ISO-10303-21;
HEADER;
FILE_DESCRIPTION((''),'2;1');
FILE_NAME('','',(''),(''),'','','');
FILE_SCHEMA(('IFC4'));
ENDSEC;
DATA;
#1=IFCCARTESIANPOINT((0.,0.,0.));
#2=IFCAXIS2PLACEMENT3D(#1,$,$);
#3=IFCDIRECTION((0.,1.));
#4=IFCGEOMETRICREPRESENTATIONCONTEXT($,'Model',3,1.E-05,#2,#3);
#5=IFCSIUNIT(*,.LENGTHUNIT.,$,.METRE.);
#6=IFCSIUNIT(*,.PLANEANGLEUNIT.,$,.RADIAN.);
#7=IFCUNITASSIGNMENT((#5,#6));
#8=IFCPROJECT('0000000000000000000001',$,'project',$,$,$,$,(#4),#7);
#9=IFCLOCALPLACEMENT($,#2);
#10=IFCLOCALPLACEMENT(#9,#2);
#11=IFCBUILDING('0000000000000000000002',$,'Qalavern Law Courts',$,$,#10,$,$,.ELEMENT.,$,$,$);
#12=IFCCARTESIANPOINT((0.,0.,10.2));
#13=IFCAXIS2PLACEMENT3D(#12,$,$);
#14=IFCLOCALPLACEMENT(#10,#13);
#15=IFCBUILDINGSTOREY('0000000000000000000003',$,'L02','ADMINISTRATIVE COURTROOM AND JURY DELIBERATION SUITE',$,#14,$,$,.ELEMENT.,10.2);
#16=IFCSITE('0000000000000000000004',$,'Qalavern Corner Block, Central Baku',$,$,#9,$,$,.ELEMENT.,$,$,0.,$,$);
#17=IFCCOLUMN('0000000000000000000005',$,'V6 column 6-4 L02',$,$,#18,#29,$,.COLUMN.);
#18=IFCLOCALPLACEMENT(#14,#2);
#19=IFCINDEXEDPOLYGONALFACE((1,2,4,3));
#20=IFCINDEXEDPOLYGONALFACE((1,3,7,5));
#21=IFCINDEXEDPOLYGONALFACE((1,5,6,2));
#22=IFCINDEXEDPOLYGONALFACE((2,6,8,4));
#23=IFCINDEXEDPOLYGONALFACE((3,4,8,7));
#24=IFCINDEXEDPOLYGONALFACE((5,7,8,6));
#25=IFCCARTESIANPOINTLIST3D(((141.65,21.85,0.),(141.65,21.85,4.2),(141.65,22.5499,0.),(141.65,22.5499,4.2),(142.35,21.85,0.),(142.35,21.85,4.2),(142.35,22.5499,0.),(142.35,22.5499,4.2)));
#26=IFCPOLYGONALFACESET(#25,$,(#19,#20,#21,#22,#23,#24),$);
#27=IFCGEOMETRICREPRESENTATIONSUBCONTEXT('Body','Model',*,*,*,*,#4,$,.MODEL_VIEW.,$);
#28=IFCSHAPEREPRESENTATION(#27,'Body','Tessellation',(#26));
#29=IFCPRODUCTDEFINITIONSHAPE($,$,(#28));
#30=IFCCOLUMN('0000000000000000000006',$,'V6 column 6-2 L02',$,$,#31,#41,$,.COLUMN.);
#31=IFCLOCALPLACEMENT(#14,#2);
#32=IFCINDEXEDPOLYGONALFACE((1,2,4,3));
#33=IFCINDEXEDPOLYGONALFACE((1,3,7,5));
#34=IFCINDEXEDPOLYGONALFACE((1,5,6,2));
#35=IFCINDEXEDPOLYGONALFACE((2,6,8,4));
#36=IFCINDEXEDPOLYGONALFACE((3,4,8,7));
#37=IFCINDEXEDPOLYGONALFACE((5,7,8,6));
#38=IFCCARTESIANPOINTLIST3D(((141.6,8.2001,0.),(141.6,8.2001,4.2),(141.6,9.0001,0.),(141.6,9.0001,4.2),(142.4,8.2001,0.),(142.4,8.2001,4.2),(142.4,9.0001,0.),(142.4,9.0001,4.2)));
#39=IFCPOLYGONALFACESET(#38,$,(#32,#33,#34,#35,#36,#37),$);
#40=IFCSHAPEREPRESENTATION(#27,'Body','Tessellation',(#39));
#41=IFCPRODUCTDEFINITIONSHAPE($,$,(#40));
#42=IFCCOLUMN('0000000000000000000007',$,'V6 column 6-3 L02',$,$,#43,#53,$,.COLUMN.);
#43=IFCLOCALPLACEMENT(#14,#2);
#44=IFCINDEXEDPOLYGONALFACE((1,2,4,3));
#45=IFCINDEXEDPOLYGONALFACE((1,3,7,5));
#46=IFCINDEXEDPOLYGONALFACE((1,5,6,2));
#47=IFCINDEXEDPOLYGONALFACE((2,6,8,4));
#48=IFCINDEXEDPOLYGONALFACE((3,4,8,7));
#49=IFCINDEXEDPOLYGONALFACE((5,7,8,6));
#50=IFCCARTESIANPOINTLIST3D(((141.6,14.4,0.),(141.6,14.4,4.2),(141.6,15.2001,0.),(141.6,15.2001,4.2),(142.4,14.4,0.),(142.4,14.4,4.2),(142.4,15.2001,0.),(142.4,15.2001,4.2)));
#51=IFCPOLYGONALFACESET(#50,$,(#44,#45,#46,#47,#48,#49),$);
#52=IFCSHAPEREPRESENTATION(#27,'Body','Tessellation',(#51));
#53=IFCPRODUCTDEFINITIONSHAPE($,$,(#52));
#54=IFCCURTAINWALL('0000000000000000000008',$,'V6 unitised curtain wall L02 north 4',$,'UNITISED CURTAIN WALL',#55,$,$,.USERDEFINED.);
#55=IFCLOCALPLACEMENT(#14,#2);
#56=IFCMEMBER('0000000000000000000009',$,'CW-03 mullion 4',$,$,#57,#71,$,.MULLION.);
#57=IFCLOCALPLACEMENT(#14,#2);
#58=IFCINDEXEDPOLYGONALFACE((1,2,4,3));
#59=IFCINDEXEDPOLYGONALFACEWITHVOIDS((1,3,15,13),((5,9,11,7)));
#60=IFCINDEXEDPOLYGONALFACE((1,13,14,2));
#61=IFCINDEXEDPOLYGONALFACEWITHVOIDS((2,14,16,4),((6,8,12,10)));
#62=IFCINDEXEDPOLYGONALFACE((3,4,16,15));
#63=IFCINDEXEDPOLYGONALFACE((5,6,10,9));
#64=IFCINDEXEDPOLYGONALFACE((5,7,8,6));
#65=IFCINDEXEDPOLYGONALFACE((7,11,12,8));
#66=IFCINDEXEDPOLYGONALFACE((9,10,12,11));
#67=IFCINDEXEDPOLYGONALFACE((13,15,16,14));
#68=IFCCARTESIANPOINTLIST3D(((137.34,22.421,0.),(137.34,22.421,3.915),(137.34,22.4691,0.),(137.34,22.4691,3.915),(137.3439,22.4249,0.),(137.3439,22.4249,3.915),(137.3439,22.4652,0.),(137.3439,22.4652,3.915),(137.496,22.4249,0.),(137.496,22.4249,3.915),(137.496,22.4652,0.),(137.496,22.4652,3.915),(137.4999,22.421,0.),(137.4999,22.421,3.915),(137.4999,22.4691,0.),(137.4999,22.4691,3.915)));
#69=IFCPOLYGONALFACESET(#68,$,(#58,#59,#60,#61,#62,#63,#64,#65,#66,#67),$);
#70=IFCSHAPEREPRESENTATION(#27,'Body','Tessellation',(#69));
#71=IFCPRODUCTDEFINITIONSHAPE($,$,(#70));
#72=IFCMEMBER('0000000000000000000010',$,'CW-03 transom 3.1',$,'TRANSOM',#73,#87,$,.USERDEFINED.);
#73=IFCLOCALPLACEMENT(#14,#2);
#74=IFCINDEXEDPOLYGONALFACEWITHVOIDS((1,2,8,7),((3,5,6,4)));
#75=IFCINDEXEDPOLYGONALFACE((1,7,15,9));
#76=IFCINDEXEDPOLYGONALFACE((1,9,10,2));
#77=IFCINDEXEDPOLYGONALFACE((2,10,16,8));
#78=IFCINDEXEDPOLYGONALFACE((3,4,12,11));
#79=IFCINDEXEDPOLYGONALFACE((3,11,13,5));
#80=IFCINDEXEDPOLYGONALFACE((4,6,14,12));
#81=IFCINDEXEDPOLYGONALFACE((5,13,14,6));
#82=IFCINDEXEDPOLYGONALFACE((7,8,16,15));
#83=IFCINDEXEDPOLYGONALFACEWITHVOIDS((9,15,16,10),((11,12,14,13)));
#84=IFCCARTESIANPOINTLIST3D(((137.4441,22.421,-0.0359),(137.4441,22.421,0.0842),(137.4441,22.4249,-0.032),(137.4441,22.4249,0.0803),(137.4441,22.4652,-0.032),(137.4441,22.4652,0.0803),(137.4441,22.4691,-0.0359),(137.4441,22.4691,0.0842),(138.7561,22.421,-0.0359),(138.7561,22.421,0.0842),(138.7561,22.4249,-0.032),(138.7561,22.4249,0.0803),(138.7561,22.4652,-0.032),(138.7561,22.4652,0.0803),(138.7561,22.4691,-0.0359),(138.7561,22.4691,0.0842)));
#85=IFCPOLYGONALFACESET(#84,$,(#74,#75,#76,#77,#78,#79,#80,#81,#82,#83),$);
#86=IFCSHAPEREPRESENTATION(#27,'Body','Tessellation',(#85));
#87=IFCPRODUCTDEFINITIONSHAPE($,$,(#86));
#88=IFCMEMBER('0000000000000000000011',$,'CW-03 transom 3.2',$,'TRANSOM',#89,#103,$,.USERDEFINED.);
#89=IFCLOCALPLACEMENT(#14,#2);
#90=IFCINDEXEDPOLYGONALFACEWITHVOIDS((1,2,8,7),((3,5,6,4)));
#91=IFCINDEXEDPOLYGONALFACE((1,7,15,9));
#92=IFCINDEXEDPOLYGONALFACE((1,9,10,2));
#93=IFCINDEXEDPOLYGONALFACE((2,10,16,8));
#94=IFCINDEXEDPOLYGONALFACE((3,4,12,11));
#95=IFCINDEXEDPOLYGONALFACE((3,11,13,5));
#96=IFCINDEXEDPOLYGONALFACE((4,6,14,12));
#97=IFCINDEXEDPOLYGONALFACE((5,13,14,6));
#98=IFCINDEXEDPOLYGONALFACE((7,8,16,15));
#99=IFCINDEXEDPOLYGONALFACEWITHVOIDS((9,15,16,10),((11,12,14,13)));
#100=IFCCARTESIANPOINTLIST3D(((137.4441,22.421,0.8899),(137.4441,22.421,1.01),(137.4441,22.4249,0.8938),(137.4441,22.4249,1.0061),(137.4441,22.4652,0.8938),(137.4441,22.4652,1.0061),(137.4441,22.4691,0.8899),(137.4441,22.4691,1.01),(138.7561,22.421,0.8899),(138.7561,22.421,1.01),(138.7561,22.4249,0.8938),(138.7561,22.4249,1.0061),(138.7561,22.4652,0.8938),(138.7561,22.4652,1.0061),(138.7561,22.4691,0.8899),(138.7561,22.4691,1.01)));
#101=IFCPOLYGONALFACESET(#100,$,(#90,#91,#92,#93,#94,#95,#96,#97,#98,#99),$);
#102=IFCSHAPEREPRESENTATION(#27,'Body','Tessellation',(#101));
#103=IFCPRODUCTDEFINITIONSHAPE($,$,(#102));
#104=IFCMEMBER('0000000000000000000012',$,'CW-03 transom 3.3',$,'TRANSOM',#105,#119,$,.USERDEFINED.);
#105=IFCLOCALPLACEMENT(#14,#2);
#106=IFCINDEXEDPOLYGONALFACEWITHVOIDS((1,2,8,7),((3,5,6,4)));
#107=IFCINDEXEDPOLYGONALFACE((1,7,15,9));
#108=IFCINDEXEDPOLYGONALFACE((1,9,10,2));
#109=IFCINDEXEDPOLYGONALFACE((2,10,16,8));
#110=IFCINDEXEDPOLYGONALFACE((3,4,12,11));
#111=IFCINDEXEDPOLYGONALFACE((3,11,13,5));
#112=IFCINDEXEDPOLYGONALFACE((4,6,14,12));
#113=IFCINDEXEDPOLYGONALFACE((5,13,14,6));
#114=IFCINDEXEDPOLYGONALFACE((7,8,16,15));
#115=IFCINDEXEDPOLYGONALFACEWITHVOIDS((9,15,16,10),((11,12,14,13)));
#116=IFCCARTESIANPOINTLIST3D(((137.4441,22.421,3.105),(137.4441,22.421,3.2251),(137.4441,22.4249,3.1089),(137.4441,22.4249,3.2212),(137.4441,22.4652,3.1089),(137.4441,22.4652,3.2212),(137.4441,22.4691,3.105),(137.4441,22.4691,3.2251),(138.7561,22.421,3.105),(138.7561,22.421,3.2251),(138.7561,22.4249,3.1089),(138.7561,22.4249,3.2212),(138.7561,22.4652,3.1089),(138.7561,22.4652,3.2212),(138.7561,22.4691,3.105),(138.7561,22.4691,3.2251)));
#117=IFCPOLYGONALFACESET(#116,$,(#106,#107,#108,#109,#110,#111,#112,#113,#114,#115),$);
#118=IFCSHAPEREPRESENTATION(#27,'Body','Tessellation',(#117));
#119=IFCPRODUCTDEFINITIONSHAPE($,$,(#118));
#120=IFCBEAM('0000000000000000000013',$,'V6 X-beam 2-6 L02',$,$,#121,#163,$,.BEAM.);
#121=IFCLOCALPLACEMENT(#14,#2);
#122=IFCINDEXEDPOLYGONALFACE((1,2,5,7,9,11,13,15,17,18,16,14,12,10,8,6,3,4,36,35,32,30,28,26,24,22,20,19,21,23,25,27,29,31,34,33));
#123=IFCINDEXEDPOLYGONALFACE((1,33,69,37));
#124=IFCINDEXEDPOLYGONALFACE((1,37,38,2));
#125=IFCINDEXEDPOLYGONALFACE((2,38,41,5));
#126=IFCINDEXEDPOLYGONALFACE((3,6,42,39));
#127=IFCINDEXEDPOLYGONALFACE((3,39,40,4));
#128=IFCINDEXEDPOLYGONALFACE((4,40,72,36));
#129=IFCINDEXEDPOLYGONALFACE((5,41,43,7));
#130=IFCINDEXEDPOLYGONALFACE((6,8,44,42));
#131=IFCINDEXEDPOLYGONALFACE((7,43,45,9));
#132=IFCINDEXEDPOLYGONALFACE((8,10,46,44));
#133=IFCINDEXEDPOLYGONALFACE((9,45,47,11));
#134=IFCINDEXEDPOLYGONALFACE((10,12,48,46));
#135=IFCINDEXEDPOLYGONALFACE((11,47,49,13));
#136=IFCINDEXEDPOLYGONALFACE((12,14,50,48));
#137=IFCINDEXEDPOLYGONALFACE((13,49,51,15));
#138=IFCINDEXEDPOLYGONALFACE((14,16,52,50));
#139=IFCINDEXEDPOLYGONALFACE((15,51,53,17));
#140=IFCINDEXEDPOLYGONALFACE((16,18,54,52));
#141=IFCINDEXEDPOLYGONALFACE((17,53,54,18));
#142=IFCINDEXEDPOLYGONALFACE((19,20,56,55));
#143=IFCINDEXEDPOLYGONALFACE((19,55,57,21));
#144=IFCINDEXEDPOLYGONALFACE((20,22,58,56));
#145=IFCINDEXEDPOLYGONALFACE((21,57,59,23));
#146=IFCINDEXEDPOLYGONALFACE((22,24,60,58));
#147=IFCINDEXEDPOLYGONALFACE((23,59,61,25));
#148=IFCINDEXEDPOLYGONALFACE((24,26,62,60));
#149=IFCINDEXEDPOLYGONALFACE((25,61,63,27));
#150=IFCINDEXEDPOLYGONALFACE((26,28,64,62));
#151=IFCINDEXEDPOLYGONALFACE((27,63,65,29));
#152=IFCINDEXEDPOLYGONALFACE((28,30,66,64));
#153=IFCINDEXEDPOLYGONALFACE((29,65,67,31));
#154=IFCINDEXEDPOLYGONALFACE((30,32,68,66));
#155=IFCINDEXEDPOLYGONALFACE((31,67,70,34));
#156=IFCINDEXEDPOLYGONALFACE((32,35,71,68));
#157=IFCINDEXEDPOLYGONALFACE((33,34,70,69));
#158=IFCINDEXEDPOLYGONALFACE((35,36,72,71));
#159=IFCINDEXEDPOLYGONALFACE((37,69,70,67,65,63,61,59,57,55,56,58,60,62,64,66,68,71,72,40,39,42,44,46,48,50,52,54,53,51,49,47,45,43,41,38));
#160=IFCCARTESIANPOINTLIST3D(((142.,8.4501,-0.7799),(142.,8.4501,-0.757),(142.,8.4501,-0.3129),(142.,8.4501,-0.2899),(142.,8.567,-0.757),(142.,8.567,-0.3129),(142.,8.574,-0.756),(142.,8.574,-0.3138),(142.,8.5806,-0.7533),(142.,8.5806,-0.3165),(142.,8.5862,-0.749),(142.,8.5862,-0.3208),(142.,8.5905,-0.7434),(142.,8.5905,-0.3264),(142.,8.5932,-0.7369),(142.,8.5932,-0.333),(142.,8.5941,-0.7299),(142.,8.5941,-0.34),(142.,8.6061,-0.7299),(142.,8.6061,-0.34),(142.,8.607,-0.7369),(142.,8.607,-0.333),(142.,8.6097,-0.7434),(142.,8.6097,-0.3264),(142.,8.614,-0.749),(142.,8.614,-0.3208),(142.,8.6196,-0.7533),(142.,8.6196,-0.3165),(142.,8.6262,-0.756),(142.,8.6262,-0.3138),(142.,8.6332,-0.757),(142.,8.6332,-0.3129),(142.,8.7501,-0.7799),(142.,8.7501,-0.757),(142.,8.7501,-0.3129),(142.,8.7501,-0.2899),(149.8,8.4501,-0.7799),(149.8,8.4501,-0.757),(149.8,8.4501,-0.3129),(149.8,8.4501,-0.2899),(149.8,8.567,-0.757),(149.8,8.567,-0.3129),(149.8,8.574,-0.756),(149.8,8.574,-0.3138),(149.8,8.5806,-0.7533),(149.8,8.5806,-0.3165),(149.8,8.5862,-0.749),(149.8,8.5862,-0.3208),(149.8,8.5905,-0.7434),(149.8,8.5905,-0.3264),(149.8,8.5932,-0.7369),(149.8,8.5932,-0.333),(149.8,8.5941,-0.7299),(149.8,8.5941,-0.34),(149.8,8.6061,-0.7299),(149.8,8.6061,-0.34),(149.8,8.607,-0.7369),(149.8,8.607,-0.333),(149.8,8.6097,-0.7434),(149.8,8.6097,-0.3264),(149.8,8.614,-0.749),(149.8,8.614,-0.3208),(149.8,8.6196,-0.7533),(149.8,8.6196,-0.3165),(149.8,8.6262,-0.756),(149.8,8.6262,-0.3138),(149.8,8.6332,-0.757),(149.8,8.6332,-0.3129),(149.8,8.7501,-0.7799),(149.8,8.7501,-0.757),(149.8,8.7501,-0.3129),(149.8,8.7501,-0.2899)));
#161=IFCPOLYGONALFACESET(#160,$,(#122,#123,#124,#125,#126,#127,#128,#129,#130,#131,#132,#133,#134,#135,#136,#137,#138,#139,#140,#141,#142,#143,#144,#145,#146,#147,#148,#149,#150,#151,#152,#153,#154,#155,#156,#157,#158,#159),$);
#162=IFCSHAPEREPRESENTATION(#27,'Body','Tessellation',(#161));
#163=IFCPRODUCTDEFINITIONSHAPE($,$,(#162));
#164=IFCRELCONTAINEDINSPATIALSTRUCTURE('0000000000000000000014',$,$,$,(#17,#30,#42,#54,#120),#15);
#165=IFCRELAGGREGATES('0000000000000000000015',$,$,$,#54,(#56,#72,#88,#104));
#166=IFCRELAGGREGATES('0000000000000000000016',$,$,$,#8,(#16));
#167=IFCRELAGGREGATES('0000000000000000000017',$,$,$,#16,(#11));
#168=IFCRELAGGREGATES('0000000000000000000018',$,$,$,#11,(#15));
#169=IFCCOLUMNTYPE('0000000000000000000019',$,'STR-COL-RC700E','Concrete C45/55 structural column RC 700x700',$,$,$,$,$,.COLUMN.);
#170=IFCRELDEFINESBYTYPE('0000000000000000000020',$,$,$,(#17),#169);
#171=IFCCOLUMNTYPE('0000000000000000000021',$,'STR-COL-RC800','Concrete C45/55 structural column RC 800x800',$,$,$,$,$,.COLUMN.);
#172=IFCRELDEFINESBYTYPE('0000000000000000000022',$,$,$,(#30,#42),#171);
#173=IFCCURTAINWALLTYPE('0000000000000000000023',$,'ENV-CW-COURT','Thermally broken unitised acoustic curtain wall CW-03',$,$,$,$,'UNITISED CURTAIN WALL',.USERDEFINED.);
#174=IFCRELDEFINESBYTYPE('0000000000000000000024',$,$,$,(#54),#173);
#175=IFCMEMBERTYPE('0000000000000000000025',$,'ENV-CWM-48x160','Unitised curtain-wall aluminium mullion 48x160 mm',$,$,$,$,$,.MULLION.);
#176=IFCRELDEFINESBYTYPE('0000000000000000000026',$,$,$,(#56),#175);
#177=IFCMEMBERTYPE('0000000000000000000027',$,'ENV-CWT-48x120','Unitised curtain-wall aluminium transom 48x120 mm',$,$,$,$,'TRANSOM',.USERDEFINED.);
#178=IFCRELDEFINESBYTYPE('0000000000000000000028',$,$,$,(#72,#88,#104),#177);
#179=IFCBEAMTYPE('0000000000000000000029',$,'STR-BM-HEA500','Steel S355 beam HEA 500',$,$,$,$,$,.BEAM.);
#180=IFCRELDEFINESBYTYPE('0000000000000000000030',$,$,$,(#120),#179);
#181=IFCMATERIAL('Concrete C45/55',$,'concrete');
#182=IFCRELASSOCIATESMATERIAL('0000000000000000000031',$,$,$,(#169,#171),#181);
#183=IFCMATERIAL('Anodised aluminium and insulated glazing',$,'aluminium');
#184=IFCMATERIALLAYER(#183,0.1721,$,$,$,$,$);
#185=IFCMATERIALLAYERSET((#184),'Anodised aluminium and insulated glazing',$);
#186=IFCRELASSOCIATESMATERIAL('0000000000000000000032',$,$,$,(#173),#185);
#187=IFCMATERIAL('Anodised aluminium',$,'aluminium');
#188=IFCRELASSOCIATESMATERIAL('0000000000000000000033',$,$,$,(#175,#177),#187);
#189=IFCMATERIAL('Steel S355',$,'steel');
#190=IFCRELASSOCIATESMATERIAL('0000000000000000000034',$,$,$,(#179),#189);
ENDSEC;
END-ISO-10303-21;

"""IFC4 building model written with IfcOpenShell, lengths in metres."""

from ifc_helpers import new_model, si_unit, direction, frame, origin, origin_2d, place, context, subcontext, project, spatial, rectangle, hollow_rectangle, i_section, extrude, material, layer, layer_set, material_profile, profile_set, type_object, element, aggregate, save


model = new_model("IFC4")

# Units and contexts
model_context = context("Model", 3, precision=1e-05, world=origin(), true_north=direction((0.0, 1.0)))
body_context = subcontext(model_context, "Body", "Model", "MODEL_VIEW")
ifc_project = project(units=[si_unit("LENGTHUNIT", "METRE"), si_unit("PLANEANGLEUNIT", "RADIAN")], contexts=[model_context])

# Site, building, storey
site_placement = place(None, origin())
site = spatial("IfcSite", under=ifc_project, at=site_placement, Name="Qalavern Corner Block, Central Baku", CompositionType="ELEMENT", RefElevation=0.0)
building_placement = place(site_placement, origin())
building = spatial("IfcBuilding", under=site, at=building_placement, Name="Qalavern Law Courts", CompositionType="ELEMENT")
storey_placement = place(building_placement, frame((0.0, 0.0, 10.2)))
storey = spatial("IfcBuildingStorey", under=building, at=storey_placement, Name="L02", Description="ADMINISTRATIVE COURTROOM AND JURY DELIBERATION SUITE", CompositionType="ELEMENT", Elevation=10.2)

# Columns
ifc_material_1 = material(Name="Concrete C45/55", Category="concrete")
ifc_material_profile_1 = material_profile(ifc_material_1, rectangle(XDim=0.7, YDim=0.7, at=origin_2d()), Name="RC 700x700")
ifc_profile_set_1 = profile_set([ifc_material_profile_1], Name="Concrete C45/55")
column_type_1 = type_object("IfcColumnType", Name="STR-COL-RC700E", Description="Concrete C45/55 structural column RC 700x700", PredefinedType="COLUMN", material=ifc_profile_set_1)
column_placement = place(storey_placement, frame((142.0, 22.2, 0.0), z_axis=(0.0, 0.0, 1.0), x_axis=(1.0, 0.0, 0.0)))
element("IfcColumn", 1, at=column_placement, inside=storey, type_object=column_type_1, Name="V6 column 6-4 L02", PredefinedType="COLUMN", context=body_context, shape_type="SweptSolid", body=[
    extrude(rectangle(XDim=0.7, YDim=0.7, at=origin_2d()), origin(), (0.0, 0.0, 1.0), 4.2),
])
ifc_material_profile_2 = material_profile(ifc_material_1, rectangle(XDim=0.8, YDim=0.8, at=origin_2d()), Name="RC 800x800")
ifc_profile_set_2 = profile_set([ifc_material_profile_2], Name="Concrete C45/55")
column_type_2 = type_object("IfcColumnType", Name="STR-COL-RC800", Description="Concrete C45/55 structural column RC 800x800", PredefinedType="COLUMN", material=ifc_profile_set_2)
for number, where, z_axis, x_axis, name in (
    (2, (142.0, 8.6001, 0.0), (0.0, 0.0, 1.0), (1.0, 0.0, 0.0), "V6 column 6-2 L02"),
    (3, (142.0, 14.8, 0.0), (0.0, 0.0, 1.0), (1.0, 0.0, 0.0), "V6 column 6-3 L02"),
):
    element("IfcColumn", number, at=place(storey_placement, frame(where, z_axis=z_axis, x_axis=x_axis)), inside=storey, type_object=column_type_2, Name=name, PredefinedType="COLUMN", context=body_context, shape_type="SweptSolid", body=[
        extrude(rectangle(XDim=0.8, YDim=0.8, at=origin_2d()), origin(), (0.0, 0.0, 1.0), 4.2),
    ])

# Curtain wall, members
ifc_material_2 = material(Name="Anodised aluminium and insulated glazing", Category="aluminium")
ifc_layer_1 = layer(ifc_material_2, 0.1721)
ifc_layer_set_1 = layer_set([ifc_layer_1], Name="Anodised aluminium and insulated glazing")
curtain_wall_type = type_object("IfcCurtainWallType", Name="ENV-CW-COURT", Description="Thermally broken unitised acoustic curtain wall CW-03", ElementType="UNITISED CURTAIN WALL", PredefinedType="USERDEFINED", material=ifc_layer_set_1)
curtain_wall_placement = place(storey_placement, origin())
curtain_wall = element("IfcCurtainWall", 4, at=curtain_wall_placement, inside=storey, type_object=curtain_wall_type, Name="V6 unitised curtain wall L02 north 4", ObjectType="UNITISED CURTAIN WALL", PredefinedType="USERDEFINED")
ifc_material_3 = material(Name="Anodised aluminium", Category="aluminium")
ifc_material_profile_3 = material_profile(ifc_material_3, hollow_rectangle(XDim=0.0481, YDim=0.1599, WallThickness=0.0039, at=origin_2d()), Name="ALU MULLION 48x160")
ifc_profile_set_3 = profile_set([ifc_material_profile_3], Name="Anodised aluminium")
member_type_1 = type_object("IfcMemberType", Name="ENV-CWM-48x160", Description="Unitised curtain-wall aluminium mullion 48x160 mm", PredefinedType="MULLION", material=ifc_profile_set_3)
member_1_placement = place(storey_placement, frame((137.4199, 22.4451, 0.0), z_axis=(0.0, 0.0, 1.0), x_axis=(0.0, -1.0, 0.0)))
member_1 = element("IfcMember", 5, at=member_1_placement, type_object=member_type_1, Name="CW-03 mullion 4", PredefinedType="MULLION", context=body_context, shape_type="SweptSolid", body=[
    extrude(hollow_rectangle(XDim=0.0481, YDim=0.1599, WallThickness=0.0039, at=origin_2d()), origin(), (0.0, 0.0, 1.0), 3.915),
])
ifc_material_profile_4 = material_profile(ifc_material_3, hollow_rectangle(XDim=0.0481, YDim=0.1201, WallThickness=0.0039, at=origin_2d()), Name="ALU TRANSOM 48x120")
ifc_profile_set_4 = profile_set([ifc_material_profile_4], Name="Anodised aluminium")
member_type_2 = type_object("IfcMemberType", Name="ENV-CWT-48x120", Description="Unitised curtain-wall aluminium transom 48x120 mm", ElementType="TRANSOM", PredefinedType="USERDEFINED", material=ifc_profile_set_4)
member_2_placement = place(storey_placement, frame((138.7561, 22.4451, 0.0242), z_axis=(-1.0, 0.0, 0.0), x_axis=(0.0, -1.0, 0.0)))
member_2 = element("IfcMember", 6, at=member_2_placement, type_object=member_type_2, Name="CW-03 transom 3.1", ObjectType="TRANSOM", PredefinedType="USERDEFINED", context=body_context, shape_type="SweptSolid", body=[
    extrude(hollow_rectangle(XDim=0.0481, YDim=0.1201, WallThickness=0.0039, at=origin_2d()), origin(), (0.0, 0.0, 1.0), 1.312),
])
member_3_placement = place(storey_placement, frame((138.7561, 22.4451, 0.95), z_axis=(-1.0, 0.0, 0.0), x_axis=(0.0, -1.0, 0.0)))
member_3 = element("IfcMember", 7, at=member_3_placement, type_object=member_type_2, Name="CW-03 transom 3.2", ObjectType="TRANSOM", PredefinedType="USERDEFINED", context=body_context, shape_type="SweptSolid", body=[
    extrude(hollow_rectangle(XDim=0.0481, YDim=0.1201, WallThickness=0.0039, at=origin_2d()), origin(), (0.0, 0.0, 1.0), 1.312),
])
member_4_placement = place(storey_placement, frame((138.7561, 22.4451, 3.165), z_axis=(-1.0, 0.0, 0.0), x_axis=(0.0, -1.0, 0.0)))
member_4 = element("IfcMember", 8, at=member_4_placement, type_object=member_type_2, Name="CW-03 transom 3.3", ObjectType="TRANSOM", PredefinedType="USERDEFINED", context=body_context, shape_type="SweptSolid", body=[
    extrude(hollow_rectangle(XDim=0.0481, YDim=0.1201, WallThickness=0.0039, at=origin_2d()), origin(), (0.0, 0.0, 1.0), 1.312),
])

# Beam
ifc_material_4 = material(Name="Steel S355", Category="steel")
ifc_material_profile_5 = material_profile(ifc_material_4, i_section(OverallWidth=0.3, OverallDepth=0.49, WebThickness=0.012, FlangeThickness=0.0229, FilletRadius=0.0271, at=origin_2d()), Name="HEA 500")
ifc_profile_set_5 = profile_set([ifc_material_profile_5], Name="Steel S355")
beam_type_1 = type_object("IfcBeamType", Name="STR-BM-HEA500", Description="Steel S355 beam HEA 500", PredefinedType="BEAM", material=ifc_profile_set_5)
beam_1_placement = place(storey_placement, frame((142.0, 8.6001, -0.5349), z_axis=(1.0, 0.0, 0.0), x_axis=(0.0, 1.0, 0.0)))
element("IfcBeam", 9, at=beam_1_placement, inside=storey, type_object=beam_type_1, Name="V6 X-beam 2-6 L02", PredefinedType="BEAM", context=body_context, shape_type="SweptSolid", body=[
    extrude(i_section(OverallWidth=0.3, OverallDepth=0.49, WebThickness=0.012, FlangeThickness=0.0229, FilletRadius=0.0271, at=origin_2d()), origin(), (0.0, 0.0, 1.0), 7.8),
])

aggregate(curtain_wall, [member_1, member_2, member_3, member_4])

save(model, "model.ifc")
